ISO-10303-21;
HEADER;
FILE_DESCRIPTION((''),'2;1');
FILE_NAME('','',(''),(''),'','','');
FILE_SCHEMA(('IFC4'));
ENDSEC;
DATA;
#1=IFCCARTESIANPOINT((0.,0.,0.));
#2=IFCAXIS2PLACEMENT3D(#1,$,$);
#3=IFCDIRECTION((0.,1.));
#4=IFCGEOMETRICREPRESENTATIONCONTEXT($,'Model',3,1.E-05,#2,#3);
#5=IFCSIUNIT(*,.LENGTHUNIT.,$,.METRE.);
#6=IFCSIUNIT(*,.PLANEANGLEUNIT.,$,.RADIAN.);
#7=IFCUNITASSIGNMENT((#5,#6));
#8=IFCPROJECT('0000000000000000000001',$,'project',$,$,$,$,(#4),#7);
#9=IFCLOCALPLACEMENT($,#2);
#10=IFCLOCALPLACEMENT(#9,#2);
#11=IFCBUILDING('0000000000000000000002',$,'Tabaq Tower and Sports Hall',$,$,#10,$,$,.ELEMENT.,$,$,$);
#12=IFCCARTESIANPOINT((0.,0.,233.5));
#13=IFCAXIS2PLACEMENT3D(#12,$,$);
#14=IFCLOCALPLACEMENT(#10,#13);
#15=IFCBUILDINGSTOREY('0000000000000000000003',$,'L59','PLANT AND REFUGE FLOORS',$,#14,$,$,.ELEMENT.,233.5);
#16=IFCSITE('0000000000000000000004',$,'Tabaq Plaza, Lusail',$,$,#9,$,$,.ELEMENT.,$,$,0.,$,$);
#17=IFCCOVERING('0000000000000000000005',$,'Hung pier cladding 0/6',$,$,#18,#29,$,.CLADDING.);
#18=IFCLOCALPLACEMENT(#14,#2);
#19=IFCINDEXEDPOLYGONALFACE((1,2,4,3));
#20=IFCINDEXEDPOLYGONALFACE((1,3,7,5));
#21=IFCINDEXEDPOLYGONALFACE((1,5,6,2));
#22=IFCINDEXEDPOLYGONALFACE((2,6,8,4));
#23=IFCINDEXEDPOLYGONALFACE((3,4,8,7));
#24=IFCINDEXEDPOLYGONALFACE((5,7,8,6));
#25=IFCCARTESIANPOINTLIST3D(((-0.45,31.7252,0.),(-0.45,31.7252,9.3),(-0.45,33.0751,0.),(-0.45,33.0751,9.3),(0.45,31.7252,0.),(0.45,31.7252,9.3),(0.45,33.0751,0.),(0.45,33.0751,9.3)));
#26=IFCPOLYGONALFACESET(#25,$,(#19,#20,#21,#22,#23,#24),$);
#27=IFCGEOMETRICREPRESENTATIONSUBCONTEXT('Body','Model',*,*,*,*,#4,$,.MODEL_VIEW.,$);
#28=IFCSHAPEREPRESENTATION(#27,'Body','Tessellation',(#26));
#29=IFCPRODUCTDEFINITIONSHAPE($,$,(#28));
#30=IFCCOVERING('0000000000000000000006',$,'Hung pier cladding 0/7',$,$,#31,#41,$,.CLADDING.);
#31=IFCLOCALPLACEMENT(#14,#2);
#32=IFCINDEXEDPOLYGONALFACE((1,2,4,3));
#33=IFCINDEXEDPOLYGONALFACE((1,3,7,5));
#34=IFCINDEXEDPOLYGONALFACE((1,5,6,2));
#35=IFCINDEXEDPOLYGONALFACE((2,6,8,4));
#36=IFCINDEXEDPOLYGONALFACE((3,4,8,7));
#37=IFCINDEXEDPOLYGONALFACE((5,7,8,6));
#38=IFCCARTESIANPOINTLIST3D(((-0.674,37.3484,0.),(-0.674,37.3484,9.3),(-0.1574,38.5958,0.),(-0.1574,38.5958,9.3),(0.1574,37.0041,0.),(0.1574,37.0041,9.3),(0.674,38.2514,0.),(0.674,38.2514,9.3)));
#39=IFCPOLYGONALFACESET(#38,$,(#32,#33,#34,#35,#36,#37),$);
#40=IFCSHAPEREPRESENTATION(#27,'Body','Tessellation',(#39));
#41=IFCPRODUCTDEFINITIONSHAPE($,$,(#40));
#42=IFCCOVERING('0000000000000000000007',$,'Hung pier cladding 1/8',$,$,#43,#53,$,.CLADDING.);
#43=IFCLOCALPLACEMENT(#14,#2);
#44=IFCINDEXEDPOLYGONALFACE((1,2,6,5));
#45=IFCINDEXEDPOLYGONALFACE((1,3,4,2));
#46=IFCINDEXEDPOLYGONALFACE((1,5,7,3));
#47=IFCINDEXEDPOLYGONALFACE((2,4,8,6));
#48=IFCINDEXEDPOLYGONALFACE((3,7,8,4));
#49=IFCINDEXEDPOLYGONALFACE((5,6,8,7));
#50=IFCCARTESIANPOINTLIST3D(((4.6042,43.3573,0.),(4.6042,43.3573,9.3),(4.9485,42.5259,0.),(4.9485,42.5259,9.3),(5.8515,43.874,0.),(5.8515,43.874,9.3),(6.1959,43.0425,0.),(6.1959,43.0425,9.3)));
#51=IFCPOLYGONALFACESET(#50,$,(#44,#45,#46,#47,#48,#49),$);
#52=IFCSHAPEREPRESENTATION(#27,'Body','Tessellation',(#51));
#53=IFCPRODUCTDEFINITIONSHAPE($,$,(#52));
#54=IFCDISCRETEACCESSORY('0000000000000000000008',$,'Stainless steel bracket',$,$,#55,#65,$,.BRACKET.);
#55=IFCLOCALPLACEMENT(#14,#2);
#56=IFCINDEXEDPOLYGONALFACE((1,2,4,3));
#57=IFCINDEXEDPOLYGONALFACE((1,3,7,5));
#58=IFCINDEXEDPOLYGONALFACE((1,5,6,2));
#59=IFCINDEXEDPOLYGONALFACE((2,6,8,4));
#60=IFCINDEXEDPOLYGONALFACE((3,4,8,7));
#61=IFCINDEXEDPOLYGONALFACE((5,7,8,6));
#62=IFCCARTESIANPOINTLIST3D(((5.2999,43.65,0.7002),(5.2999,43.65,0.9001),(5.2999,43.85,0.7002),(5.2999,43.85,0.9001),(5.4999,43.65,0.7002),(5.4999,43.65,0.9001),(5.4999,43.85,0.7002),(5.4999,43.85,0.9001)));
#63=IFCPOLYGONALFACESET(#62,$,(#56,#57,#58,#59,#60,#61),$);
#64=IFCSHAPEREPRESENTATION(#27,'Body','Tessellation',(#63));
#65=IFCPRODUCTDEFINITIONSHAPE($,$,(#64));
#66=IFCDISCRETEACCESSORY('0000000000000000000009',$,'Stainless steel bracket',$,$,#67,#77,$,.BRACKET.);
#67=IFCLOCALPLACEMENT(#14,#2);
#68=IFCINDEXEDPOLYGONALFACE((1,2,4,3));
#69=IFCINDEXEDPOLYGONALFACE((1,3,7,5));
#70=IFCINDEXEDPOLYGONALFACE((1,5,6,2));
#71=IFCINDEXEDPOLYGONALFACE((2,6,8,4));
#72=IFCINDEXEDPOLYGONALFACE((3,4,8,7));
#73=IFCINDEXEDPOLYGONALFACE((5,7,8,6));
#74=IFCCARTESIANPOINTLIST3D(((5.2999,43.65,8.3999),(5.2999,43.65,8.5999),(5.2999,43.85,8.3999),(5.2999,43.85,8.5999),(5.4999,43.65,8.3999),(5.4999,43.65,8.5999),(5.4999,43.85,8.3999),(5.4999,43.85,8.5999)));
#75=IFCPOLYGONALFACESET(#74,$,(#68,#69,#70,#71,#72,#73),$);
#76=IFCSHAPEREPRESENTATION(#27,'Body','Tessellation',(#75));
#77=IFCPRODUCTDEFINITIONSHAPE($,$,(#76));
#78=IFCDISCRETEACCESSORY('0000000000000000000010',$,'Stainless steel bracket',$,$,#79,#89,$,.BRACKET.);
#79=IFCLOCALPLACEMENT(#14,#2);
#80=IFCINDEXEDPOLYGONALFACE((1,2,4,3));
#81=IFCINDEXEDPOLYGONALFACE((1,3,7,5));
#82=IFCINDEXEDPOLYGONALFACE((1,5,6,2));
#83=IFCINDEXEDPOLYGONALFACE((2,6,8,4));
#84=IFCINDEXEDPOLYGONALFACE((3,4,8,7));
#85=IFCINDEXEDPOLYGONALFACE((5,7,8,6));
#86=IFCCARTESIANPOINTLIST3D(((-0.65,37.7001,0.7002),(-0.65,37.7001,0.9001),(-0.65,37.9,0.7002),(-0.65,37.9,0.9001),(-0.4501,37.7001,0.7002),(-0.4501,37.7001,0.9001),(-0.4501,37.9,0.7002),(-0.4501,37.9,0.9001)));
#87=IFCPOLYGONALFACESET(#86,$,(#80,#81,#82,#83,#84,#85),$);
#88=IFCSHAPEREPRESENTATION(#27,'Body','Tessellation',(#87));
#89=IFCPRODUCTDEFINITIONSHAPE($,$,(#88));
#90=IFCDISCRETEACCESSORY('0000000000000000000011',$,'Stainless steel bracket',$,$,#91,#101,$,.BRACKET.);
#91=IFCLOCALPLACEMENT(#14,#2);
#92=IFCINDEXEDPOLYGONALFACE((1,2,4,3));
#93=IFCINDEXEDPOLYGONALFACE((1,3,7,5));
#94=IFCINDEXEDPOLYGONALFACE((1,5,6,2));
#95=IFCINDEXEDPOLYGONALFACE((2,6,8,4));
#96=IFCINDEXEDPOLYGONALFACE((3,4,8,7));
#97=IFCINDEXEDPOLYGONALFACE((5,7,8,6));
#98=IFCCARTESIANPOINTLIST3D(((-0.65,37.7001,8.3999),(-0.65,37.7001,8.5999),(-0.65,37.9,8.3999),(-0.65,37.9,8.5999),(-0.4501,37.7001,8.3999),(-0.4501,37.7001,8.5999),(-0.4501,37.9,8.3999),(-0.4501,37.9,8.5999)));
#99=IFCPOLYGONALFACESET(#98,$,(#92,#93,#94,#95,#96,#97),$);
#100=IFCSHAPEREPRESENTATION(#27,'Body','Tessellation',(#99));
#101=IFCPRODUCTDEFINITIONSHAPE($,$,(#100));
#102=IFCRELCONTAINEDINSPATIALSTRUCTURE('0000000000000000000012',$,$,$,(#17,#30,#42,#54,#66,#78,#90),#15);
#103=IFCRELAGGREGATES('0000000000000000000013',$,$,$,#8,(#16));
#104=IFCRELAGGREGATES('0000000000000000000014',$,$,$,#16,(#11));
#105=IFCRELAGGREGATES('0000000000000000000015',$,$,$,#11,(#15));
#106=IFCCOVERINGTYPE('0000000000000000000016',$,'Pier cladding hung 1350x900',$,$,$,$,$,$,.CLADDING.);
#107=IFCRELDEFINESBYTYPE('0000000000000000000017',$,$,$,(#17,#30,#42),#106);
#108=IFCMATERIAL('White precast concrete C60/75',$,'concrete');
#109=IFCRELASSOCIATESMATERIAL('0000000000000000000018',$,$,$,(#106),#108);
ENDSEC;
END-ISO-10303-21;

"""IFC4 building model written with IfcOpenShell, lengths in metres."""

from ifc_helpers import new_model, si_unit, direction, frame, frame_2d, origin, origin_2d, place, context, subcontext, project, spatial, rectangle, extrude, material, type_object, element, save


model = new_model("IFC4")

# Units and contexts
model_context = context("Model", 3, precision=1e-05, world=origin(), true_north=direction((0.0, 1.0)))
body_context = subcontext(model_context, "Body", "Model", "MODEL_VIEW")
ifc_project = project(units=[si_unit("LENGTHUNIT", "METRE"), si_unit("PLANEANGLEUNIT", "RADIAN")], contexts=[model_context])

# Site, building, storey
site_placement = place(None, origin())
site = spatial("IfcSite", under=ifc_project, at=site_placement, Name="Tabaq Plaza, Lusail", CompositionType="ELEMENT", RefElevation=0.0)
building_placement = place(site_placement, origin())
building = spatial("IfcBuilding", under=site, at=building_placement, Name="Tabaq Tower and Sports Hall", CompositionType="ELEMENT")
storey_placement = place(building_placement, frame((0.0, 0.0, 233.5)))
storey = spatial("IfcBuildingStorey", under=building, at=storey_placement, Name="L59", Description="PLANT AND REFUGE FLOORS", CompositionType="ELEMENT", Elevation=233.5)

# Coverings
ifc_material_1 = material(Name="White precast concrete C60/75", Category="concrete")
covering_type_1 = type_object("IfcCoveringType", Name="Pier cladding hung 1350x900", PredefinedType="CLADDING", material=ifc_material_1)
covering_1_placement = place(storey_placement, frame((0.0, 33.075, 0.0), z_axis=(0.0, 0.0, 1.0), x_axis=(0.0, -1.0, 0.0)))
element("IfcCovering", 1, at=covering_1_placement, inside=storey, type_object=covering_type_1, Name="Hung pier cladding 0/6", PredefinedType="CLADDING", context=body_context, shape_type="SweptSolid", body=[
    extrude(rectangle(XDim=1.3499, YDim=0.8999, at=frame_2d((0.6748, 0.0))), origin(), (0.0, 0.0, 1.0), 9.3),
])
for number, where, z_axis, x_axis, name in (
    (2, (0.2583, 38.4236, 0.0), (0.0, 0.0, 1.0), (-0.38265, -0.923893, 0.0), "Hung pier cladding 0/7"),
    (3, (6.0237, 43.4583, 0.0), (0.0, 0.0, 1.0), (-0.923893, -0.38265, 0.0), "Hung pier cladding 1/8"),
):
    element("IfcCovering", number, at=place(storey_placement, frame(where, z_axis=z_axis, x_axis=x_axis)), inside=storey, type_object=covering_type_1, Name=name, PredefinedType="CLADDING", context=body_context, shape_type="SweptSolid", body=[
        extrude(rectangle(XDim=1.3501, YDim=0.8999, at=frame_2d((0.675, 0.0))), origin(), (0.0, 0.0, 1.0), 9.3),
    ])

# Discrete accessories
for number, where, z_axis, x_axis, name in (
    (4, (5.3999, 43.75, 0.7002), (0.0, 0.0, 1.0), (0.0, -1.0, 0.0), "Stainless steel bracket"),
    (5, (5.3999, 43.75, 8.3999), (0.0, 0.0, 1.0), (0.0, -1.0, 0.0), "Stainless steel bracket"),
    (6, (-0.55, 37.8, 0.7002), (0.0, 0.0, 1.0), (1.0, 0.0, 0.0), "Stainless steel bracket"),
    (7, (-0.55, 37.8, 8.3999), (0.0, 0.0, 1.0), (1.0, 0.0, 0.0), "Stainless steel bracket"),
):
    element("IfcDiscreteAccessory", number, at=place(storey_placement, frame(where, z_axis=z_axis, x_axis=x_axis)), inside=storey, Name=name, PredefinedType="BRACKET", context=body_context, shape_type="SweptSolid", body=[
        extrude(rectangle(XDim=0.2, YDim=0.2, at=origin_2d()), origin(), (0.0, 0.0, 1.0), 0.2),
    ])

save(model, "model.ifc")
